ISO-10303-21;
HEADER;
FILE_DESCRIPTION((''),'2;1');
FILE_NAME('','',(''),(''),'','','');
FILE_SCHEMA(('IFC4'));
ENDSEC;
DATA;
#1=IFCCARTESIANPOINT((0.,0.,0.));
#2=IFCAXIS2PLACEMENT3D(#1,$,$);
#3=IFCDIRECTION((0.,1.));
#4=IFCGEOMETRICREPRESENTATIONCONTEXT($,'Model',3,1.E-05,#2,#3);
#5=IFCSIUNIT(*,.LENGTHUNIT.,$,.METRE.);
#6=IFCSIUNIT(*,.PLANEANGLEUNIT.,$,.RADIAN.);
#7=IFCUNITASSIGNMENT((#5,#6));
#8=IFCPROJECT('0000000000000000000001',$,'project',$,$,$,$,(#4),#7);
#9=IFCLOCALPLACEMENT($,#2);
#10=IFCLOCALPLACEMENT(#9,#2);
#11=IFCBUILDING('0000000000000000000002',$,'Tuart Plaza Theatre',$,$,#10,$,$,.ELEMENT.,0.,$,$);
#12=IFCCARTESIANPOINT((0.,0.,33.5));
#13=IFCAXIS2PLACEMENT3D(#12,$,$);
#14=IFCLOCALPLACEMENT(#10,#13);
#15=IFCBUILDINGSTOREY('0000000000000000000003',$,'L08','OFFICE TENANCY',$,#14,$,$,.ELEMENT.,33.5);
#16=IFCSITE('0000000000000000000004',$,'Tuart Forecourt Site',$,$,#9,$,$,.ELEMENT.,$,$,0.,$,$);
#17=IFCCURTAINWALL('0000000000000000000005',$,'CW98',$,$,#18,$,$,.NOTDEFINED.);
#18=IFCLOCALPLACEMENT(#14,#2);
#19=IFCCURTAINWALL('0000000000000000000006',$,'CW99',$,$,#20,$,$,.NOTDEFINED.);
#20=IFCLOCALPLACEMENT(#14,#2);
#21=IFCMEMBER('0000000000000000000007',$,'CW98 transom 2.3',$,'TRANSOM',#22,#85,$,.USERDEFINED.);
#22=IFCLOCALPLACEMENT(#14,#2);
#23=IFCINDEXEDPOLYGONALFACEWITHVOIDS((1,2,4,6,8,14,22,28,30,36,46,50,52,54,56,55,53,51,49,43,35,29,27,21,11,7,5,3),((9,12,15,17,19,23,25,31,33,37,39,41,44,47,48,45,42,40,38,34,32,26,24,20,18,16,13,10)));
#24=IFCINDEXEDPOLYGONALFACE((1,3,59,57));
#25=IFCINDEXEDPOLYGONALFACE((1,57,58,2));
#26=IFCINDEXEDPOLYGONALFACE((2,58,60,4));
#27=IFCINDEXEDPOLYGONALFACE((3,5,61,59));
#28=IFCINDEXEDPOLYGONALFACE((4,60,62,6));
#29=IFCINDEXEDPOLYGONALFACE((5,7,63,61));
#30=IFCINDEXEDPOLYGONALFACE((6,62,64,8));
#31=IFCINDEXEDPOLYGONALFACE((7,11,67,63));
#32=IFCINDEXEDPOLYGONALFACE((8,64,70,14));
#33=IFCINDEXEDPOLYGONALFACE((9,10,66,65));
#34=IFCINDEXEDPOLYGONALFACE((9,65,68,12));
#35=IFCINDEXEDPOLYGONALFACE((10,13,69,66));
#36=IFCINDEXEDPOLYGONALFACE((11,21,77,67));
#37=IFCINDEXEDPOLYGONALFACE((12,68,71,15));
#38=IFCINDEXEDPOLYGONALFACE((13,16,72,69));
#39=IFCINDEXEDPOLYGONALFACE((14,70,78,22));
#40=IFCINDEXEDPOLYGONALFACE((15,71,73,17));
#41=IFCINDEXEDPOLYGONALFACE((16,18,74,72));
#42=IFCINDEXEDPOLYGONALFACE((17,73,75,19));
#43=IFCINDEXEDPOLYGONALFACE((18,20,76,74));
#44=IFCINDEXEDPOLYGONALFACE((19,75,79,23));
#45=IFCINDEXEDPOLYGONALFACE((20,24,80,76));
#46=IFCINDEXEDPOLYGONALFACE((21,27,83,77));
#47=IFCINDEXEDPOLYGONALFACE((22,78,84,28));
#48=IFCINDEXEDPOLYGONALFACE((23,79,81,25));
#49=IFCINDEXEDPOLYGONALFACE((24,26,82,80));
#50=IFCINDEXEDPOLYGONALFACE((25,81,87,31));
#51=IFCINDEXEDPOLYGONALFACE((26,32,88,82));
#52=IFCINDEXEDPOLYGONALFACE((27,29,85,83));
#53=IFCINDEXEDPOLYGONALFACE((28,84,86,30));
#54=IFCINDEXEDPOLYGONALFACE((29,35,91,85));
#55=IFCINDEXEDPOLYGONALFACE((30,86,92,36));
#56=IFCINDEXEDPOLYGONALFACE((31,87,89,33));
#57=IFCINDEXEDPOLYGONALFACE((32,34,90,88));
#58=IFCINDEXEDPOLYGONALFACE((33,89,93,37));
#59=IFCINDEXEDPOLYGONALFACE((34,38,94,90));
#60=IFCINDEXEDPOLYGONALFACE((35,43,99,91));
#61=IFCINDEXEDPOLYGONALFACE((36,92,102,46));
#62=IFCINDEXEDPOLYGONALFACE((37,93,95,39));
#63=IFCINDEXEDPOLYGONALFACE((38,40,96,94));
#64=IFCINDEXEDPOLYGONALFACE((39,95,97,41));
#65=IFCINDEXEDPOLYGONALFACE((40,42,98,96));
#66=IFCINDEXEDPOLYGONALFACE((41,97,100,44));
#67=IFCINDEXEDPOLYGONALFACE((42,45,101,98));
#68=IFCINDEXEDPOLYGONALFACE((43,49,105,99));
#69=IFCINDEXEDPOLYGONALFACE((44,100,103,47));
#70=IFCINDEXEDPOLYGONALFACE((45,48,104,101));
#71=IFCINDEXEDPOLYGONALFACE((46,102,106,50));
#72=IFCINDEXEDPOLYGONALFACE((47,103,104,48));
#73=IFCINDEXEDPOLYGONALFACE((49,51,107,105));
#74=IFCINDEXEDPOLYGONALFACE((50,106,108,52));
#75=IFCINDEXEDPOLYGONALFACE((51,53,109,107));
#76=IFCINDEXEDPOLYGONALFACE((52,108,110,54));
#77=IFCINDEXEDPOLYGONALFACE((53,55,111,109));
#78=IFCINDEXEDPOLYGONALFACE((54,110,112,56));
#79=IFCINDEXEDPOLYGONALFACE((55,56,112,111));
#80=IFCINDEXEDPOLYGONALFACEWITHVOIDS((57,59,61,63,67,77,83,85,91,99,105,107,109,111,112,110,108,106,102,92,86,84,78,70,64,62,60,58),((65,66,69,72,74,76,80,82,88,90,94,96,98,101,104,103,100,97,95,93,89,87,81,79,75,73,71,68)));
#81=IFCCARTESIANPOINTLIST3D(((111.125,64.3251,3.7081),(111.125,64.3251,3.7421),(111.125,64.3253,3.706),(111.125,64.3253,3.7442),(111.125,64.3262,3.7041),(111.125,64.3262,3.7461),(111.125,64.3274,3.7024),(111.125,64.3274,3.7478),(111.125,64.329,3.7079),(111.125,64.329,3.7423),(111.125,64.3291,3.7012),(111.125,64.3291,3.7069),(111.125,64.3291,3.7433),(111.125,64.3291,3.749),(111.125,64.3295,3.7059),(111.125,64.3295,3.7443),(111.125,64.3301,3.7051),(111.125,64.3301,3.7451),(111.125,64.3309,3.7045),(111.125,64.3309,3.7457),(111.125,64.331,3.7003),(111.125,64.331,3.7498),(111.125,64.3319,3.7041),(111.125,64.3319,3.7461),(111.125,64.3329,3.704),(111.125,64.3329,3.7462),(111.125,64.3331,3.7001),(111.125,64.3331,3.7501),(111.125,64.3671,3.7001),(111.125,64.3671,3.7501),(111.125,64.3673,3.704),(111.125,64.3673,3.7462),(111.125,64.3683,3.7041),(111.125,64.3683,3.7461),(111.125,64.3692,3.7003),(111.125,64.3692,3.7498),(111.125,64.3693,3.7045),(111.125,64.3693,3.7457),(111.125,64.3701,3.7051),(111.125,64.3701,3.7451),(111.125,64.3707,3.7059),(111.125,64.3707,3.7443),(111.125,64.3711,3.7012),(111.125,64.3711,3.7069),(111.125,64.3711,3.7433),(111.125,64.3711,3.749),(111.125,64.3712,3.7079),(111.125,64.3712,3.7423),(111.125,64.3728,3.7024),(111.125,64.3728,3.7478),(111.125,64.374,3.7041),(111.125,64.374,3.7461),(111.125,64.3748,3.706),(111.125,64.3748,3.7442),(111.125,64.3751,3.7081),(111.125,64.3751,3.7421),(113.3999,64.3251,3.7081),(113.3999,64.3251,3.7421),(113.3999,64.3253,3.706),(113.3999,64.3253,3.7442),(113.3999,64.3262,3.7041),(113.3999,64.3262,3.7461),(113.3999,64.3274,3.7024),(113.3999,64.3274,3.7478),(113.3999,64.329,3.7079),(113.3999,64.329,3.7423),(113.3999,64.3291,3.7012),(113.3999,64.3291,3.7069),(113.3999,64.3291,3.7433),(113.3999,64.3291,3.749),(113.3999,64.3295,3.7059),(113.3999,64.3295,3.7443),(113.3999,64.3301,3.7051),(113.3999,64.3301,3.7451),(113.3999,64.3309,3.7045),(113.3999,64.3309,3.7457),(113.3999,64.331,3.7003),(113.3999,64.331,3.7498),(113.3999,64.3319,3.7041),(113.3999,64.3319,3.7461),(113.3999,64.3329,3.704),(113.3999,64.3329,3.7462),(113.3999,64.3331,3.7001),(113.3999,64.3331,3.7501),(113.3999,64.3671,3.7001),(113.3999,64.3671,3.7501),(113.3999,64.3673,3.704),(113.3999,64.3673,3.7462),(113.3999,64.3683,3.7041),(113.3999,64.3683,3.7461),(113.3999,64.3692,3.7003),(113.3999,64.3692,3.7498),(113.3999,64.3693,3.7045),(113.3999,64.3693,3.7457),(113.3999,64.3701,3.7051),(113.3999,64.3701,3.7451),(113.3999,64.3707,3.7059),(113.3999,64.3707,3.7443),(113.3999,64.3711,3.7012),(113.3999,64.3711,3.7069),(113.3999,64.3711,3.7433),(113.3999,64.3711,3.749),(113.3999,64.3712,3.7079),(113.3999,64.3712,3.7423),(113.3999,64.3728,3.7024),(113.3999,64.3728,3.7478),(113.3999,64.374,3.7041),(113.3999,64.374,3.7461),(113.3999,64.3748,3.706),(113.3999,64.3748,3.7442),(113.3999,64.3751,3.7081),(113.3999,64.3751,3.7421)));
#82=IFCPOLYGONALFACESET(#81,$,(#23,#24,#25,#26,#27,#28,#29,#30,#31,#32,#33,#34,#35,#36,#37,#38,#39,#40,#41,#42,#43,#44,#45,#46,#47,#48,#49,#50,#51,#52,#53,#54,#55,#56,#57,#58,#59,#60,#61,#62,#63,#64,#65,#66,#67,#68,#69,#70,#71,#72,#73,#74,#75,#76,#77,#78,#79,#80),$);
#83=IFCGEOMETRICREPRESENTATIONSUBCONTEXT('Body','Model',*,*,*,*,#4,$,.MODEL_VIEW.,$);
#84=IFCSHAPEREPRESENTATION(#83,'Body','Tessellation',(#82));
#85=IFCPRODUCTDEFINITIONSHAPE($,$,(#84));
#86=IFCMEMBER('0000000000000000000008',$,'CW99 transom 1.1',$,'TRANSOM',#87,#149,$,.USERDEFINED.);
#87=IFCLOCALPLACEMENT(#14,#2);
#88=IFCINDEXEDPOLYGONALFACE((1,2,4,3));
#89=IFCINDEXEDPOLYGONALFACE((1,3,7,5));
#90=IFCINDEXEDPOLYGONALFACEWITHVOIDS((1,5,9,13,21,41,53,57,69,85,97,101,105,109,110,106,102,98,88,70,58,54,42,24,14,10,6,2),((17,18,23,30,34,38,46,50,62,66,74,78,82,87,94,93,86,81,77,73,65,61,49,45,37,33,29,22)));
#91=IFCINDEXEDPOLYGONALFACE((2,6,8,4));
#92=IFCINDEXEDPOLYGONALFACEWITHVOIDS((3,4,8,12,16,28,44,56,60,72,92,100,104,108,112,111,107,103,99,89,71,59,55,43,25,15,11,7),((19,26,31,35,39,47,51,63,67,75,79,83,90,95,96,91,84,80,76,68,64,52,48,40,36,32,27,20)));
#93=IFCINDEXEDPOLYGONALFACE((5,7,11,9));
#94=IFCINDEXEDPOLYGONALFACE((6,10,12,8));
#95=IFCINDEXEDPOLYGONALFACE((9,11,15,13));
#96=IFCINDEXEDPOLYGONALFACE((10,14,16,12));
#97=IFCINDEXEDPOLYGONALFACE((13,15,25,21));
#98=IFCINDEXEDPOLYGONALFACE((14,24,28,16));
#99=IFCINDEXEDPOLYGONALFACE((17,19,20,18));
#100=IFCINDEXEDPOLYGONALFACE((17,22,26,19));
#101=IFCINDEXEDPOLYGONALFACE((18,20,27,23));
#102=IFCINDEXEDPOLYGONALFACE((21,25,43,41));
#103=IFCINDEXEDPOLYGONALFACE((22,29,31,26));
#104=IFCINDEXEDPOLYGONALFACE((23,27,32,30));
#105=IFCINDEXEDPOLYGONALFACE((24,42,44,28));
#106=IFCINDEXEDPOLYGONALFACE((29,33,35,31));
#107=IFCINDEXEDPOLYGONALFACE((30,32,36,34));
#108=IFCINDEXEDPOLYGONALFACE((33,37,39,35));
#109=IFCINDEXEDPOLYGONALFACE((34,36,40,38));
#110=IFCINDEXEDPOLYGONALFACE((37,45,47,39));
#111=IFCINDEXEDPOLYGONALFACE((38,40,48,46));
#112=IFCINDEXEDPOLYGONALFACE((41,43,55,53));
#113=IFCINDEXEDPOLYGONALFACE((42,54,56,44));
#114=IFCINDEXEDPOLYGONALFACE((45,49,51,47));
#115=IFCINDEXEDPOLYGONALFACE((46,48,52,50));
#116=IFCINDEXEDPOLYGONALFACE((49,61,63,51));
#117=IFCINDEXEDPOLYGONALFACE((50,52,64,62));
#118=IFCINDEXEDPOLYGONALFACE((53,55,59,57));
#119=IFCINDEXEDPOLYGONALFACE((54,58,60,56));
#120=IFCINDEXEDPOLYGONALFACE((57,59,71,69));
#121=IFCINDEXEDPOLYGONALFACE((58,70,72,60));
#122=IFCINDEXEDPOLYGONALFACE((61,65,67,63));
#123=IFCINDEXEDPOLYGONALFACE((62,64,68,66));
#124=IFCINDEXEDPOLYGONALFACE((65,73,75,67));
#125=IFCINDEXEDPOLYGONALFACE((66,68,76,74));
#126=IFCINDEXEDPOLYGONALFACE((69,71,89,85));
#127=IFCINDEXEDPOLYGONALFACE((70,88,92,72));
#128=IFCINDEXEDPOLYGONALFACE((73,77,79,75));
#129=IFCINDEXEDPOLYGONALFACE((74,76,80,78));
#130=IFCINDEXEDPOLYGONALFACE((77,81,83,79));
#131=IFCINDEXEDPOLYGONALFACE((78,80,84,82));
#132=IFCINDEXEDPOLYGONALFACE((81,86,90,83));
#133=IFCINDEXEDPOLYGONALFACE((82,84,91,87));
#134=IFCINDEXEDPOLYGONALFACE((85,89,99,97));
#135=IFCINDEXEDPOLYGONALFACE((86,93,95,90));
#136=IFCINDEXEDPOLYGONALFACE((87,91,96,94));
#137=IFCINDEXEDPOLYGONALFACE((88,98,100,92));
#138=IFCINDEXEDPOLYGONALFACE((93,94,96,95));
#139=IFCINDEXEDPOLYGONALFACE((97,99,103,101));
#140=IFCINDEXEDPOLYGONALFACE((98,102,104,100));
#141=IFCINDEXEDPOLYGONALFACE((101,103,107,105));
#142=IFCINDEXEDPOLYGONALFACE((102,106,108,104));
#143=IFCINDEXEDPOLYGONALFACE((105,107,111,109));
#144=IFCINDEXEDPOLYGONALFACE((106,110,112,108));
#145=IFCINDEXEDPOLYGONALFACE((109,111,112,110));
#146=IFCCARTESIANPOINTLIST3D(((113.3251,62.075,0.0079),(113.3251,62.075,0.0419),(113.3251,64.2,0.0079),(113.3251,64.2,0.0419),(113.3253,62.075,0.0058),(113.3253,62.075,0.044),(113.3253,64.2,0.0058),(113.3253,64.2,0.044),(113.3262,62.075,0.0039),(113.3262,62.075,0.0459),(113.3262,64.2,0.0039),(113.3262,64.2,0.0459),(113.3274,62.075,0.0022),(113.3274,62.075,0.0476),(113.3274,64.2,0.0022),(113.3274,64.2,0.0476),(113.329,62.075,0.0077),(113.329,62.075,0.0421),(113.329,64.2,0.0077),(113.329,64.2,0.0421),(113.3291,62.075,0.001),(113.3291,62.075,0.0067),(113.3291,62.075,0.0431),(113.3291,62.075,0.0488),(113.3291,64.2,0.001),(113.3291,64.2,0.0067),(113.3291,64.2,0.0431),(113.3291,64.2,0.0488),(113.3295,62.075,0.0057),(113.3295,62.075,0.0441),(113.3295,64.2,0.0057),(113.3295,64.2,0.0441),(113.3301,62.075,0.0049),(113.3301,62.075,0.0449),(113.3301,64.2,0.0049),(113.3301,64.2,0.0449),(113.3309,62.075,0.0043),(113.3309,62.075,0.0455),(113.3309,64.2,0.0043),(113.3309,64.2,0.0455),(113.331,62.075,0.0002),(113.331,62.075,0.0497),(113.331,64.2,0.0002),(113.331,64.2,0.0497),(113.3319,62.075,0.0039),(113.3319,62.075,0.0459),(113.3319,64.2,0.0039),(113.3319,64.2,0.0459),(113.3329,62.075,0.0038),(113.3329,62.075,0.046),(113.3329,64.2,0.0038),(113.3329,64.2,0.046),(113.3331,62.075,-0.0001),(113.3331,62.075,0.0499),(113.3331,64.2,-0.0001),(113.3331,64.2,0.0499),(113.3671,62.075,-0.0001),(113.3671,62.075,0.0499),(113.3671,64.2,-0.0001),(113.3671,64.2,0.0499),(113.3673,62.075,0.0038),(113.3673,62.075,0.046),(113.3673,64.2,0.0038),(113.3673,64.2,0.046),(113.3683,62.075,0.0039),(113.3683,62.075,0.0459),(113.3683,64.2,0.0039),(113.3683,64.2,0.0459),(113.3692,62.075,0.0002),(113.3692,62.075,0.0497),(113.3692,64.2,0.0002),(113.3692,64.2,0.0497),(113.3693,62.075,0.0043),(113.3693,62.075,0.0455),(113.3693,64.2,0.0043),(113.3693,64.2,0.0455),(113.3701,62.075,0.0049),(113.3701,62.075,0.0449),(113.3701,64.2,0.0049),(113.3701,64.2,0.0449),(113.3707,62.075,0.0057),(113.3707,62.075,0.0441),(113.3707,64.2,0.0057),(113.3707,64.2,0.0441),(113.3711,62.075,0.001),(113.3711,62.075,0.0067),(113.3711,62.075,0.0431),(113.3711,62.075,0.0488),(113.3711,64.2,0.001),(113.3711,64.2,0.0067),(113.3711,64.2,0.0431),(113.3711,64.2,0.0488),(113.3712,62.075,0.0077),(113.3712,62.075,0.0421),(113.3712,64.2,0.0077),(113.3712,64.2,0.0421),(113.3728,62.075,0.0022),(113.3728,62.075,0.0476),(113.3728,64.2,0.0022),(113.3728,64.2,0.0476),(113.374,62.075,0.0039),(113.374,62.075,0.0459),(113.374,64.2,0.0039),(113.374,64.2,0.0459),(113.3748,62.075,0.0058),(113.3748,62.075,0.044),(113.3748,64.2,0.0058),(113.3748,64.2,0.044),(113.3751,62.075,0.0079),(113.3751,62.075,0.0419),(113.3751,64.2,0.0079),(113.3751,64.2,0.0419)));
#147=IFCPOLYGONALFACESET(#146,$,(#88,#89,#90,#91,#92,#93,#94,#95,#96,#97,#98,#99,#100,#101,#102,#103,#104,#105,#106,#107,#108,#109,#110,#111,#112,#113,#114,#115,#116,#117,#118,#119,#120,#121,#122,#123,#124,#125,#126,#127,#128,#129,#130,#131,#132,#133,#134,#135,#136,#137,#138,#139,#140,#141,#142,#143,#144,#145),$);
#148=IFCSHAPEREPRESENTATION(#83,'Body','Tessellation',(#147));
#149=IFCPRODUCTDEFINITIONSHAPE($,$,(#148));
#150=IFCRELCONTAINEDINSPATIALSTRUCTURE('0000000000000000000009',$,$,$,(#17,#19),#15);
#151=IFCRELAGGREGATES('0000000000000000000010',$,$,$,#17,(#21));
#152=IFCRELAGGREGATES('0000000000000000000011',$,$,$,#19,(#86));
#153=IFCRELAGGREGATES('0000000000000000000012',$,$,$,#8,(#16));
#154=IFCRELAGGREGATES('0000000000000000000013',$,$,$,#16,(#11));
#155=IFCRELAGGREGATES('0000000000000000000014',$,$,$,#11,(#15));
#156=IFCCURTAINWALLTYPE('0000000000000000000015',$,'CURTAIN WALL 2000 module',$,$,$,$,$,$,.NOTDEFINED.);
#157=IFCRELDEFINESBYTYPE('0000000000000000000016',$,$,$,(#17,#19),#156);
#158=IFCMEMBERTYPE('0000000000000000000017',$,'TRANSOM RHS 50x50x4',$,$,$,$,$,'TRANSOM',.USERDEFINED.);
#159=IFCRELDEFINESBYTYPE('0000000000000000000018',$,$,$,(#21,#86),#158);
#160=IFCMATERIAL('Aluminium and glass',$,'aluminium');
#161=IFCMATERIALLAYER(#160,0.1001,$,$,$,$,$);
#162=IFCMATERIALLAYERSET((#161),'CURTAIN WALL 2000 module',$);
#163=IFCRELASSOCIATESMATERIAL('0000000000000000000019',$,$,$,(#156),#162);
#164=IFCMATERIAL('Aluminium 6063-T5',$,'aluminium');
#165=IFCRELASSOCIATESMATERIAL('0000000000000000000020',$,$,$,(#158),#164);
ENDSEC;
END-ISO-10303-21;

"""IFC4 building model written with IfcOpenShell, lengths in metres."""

from ifc_helpers import new_model, si_unit, direction, frame, origin, origin_2d, place, context, subcontext, project, spatial, hollow_rectangle, extrude, material, layer, layer_set, material_profile, profile_set, type_object, element, aggregate, save


model = new_model("IFC4")

# Units and contexts
model_context = context("Model", 3, precision=1e-05, world=origin(), true_north=direction((0.0, 1.0)))
body_context = subcontext(model_context, "Body", "Model", "MODEL_VIEW")
ifc_project = project(units=[si_unit("LENGTHUNIT", "METRE"), si_unit("PLANEANGLEUNIT", "RADIAN")], contexts=[model_context])

# Site, building, storey
site_placement = place(None, origin())
site = spatial("IfcSite", under=ifc_project, at=site_placement, Name="Tuart Forecourt Site", CompositionType="ELEMENT", RefElevation=0.0)
building_placement = place(site_placement, origin())
building = spatial("IfcBuilding", under=site, at=building_placement, Name="Tuart Plaza Theatre", CompositionType="ELEMENT", ElevationOfRefHeight=0.0)
storey_placement = place(building_placement, frame((0.0, 0.0, 33.5)))
storey = spatial("IfcBuildingStorey", under=building, at=storey_placement, Name="L08", Description="OFFICE TENANCY", CompositionType="ELEMENT", Elevation=33.5)

# Curtain wall
ifc_material_1 = material(Name="Aluminium and glass", Category="aluminium")
ifc_layer_1 = layer(ifc_material_1, 0.1001)
ifc_layer_set_1 = layer_set([ifc_layer_1], Name="CURTAIN WALL 2000 module")
curtain_wall_type = type_object("IfcCurtainWallType", Name="CURTAIN WALL 2000 module", PredefinedType="NOTDEFINED", material=ifc_layer_set_1)
curtain_wall_1_placement = place(storey_placement, origin())
curtain_wall_1 = element("IfcCurtainWall", 1, at=curtain_wall_1_placement, inside=storey, type_object=curtain_wall_type, Name="CW98", PredefinedType="NOTDEFINED")

# Curtain wall
curtain_wall_2_placement = place(storey_placement, origin())
curtain_wall_2 = element("IfcCurtainWall", 2, at=curtain_wall_2_placement, inside=storey, type_object=curtain_wall_type, Name="CW99", PredefinedType="NOTDEFINED")

# Members
ifc_material_2 = material(Name="Aluminium 6063-T5", Category="aluminium")
ifc_material_profile_1 = material_profile(ifc_material_2, hollow_rectangle(XDim=0.05, YDim=0.05, WallThickness=0.0039, InnerFilletRadius=0.0039, OuterFilletRadius=0.0081, at=origin_2d()), Name="RHS 50x50x4")
ifc_profile_set_1 = profile_set([ifc_material_profile_1], Name="Aluminium 6063-T5")
member_type_1 = type_object("IfcMemberType", Name="TRANSOM RHS 50x50x4", ElementType="TRANSOM", PredefinedType="USERDEFINED", material=ifc_profile_set_1)
member_1_placement = place(storey_placement, frame((111.125, 64.3501, 3.7251), z_axis=(1.0, 0.0, 0.0), x_axis=(0.0, 1.0, 0.0)))
member_1 = element("IfcMember", 3, at=member_1_placement, type_object=member_type_1, Name="CW98 transom 2.3", ObjectType="TRANSOM", PredefinedType="USERDEFINED", context=body_context, shape_type="SweptSolid", body=[
    extrude(hollow_rectangle(XDim=0.05, YDim=0.05, WallThickness=0.0039, InnerFilletRadius=0.0039, OuterFilletRadius=0.0081, at=origin_2d()), origin(), (0.0, 0.0, 1.0), 2.2749),
])
member_2_placement = place(storey_placement, frame((113.3501, 64.2, 0.0249), z_axis=(0.0, -1.0, 0.0), x_axis=(1.0, 0.0, 0.0)))
member_2 = element("IfcMember", 4, at=member_2_placement, type_object=member_type_1, Name="CW99 transom 1.1", ObjectType="TRANSOM", PredefinedType="USERDEFINED", context=body_context, shape_type="SweptSolid", body=[
    extrude(hollow_rectangle(XDim=0.05, YDim=0.05, WallThickness=0.0039, InnerFilletRadius=0.0039, OuterFilletRadius=0.0081, at=origin_2d()), origin(), (0.0, 0.0, 1.0), 2.125),
])

aggregate(curtain_wall_1, [member_1])
aggregate(curtain_wall_2, [member_2])

save(model, "model.ifc")
